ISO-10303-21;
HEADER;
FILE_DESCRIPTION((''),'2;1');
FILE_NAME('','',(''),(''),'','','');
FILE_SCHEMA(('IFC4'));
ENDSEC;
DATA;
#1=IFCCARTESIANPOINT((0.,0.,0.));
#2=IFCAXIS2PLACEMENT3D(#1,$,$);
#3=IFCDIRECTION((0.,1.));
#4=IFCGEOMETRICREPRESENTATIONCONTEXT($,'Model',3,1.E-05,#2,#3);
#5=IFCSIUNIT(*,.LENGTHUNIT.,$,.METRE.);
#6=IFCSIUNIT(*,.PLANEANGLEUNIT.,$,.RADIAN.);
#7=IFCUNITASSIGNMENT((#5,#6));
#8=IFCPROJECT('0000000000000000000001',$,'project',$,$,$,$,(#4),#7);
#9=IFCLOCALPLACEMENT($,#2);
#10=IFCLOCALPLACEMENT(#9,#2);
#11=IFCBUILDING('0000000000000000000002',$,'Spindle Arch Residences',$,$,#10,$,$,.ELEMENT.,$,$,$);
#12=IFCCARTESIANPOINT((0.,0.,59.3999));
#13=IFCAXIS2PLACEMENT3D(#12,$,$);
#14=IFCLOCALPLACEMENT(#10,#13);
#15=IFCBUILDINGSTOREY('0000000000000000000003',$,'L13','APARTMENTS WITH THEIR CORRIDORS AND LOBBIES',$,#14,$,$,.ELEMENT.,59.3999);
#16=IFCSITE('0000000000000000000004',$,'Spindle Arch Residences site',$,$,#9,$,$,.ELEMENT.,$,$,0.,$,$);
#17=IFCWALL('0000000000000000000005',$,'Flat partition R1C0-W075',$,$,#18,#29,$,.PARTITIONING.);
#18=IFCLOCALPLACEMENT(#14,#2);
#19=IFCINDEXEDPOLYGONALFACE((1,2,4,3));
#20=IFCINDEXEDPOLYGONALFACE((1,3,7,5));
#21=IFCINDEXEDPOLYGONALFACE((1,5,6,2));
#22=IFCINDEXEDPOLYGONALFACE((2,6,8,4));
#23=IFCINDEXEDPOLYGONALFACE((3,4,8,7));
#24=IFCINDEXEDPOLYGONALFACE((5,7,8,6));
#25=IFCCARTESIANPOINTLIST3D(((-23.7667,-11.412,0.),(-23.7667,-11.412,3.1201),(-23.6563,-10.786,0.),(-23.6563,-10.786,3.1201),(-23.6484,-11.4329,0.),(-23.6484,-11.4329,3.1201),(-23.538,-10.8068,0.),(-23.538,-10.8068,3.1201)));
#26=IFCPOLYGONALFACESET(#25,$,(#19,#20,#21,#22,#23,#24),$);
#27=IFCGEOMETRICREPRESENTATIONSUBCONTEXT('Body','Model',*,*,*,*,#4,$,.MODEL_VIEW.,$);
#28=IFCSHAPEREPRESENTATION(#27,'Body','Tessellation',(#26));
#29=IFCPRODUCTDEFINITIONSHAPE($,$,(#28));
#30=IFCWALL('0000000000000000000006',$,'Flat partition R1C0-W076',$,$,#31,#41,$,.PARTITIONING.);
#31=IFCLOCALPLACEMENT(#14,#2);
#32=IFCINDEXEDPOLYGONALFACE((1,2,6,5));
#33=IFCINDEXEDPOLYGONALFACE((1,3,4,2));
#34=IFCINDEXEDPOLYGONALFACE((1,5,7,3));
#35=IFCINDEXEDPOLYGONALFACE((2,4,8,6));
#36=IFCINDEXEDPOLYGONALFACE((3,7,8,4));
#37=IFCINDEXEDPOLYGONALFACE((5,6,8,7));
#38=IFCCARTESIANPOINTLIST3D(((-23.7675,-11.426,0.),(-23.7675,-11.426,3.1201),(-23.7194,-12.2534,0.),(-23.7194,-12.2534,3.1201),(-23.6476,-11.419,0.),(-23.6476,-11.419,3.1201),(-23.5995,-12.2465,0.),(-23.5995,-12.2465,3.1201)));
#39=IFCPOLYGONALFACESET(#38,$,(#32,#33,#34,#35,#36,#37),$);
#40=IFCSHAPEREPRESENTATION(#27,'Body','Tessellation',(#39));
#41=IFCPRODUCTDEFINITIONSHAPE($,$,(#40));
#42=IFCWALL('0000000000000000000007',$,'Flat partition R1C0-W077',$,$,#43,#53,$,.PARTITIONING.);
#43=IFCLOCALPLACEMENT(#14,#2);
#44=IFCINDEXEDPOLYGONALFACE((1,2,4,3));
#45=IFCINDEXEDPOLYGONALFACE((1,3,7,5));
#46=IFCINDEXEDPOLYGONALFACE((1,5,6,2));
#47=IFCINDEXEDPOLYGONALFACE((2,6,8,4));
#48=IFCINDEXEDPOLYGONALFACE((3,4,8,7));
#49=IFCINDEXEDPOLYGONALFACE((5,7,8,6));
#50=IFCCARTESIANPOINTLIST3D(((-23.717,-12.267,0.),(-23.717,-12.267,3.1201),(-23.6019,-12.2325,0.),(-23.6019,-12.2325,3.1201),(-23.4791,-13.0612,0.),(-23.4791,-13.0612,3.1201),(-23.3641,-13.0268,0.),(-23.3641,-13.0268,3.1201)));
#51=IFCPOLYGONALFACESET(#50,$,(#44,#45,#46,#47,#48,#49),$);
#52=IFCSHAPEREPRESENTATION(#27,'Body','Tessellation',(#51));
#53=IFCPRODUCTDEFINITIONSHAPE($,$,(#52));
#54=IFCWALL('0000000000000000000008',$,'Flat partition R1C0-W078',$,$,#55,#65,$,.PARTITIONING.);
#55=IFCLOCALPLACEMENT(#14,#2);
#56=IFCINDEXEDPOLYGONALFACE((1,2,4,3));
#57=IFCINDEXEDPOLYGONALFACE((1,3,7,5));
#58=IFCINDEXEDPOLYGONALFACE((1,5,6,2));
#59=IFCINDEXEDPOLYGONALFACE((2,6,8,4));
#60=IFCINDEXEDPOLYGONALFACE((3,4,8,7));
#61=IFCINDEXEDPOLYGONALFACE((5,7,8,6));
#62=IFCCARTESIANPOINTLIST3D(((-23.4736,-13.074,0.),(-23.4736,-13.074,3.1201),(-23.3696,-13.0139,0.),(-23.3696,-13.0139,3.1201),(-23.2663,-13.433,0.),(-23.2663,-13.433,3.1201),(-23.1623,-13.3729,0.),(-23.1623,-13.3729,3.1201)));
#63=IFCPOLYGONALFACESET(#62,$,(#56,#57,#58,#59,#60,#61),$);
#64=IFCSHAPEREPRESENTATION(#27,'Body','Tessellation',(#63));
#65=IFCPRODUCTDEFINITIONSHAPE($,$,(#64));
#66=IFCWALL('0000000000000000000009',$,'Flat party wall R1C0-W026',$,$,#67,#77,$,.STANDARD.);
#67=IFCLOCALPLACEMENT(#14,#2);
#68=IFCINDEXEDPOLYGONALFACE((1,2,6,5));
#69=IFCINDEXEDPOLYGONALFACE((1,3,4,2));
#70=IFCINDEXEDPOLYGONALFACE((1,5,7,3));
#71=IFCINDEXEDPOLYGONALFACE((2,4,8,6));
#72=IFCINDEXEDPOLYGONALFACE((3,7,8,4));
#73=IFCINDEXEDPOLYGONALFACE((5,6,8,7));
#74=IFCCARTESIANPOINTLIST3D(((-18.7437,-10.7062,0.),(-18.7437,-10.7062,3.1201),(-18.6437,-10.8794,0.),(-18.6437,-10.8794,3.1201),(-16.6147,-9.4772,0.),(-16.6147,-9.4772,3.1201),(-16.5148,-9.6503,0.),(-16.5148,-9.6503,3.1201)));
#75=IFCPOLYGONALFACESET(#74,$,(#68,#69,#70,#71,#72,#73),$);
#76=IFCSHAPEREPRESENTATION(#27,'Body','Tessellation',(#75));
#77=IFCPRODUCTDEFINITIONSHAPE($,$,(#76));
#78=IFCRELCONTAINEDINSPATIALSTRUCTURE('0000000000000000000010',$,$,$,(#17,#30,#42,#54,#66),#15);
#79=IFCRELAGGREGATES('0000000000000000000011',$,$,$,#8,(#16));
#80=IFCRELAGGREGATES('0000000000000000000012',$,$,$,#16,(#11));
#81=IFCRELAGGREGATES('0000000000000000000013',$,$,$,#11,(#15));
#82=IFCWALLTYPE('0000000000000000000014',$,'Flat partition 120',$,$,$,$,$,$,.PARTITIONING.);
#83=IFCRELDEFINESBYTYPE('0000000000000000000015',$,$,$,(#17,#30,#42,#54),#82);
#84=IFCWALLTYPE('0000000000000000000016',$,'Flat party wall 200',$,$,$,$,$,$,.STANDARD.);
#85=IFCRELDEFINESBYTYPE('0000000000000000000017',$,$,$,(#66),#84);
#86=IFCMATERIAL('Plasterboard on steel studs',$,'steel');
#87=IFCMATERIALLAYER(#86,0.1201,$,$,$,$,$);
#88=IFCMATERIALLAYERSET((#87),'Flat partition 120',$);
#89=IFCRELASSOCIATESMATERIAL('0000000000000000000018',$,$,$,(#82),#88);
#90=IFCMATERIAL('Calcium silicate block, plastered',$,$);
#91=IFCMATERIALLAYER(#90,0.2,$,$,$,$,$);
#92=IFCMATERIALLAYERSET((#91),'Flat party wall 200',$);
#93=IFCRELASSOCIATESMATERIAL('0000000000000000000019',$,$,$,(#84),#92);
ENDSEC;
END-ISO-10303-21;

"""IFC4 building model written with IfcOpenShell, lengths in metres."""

from ifc_helpers import new_model, si_unit, direction, frame, frame_2d, origin, place, context, subcontext, project, spatial, rectangle, extrude, material, layer, layer_set, type_object, element, save


model = new_model("IFC4")

# Units and contexts
model_context = context("Model", 3, precision=1e-05, world=origin(), true_north=direction((0.0, 1.0)))
body_context = subcontext(model_context, "Body", "Model", "MODEL_VIEW")
ifc_project = project(units=[si_unit("LENGTHUNIT", "METRE"), si_unit("PLANEANGLEUNIT", "RADIAN")], contexts=[model_context])

# Site, building, storey
site_placement = place(None, origin())
site = spatial("IfcSite", under=ifc_project, at=site_placement, Name="Spindle Arch Residences site", CompositionType="ELEMENT", RefElevation=0.0)
building_placement = place(site_placement, origin())
building = spatial("IfcBuilding", under=site, at=building_placement, Name="Spindle Arch Residences", CompositionType="ELEMENT")
storey_placement = place(building_placement, frame((0.0, 0.0, 59.3999)))
storey = spatial("IfcBuildingStorey", under=building, at=storey_placement, Name="L13", Description="APARTMENTS WITH THEIR CORRIDORS AND LOBBIES", CompositionType="ELEMENT", Elevation=59.3999)

# Shared definitions
ifc_material_1 = material(Name="Plasterboard on steel studs", Category="steel")
ifc_layer_1 = layer(ifc_material_1, 0.1201)
ifc_layer_set_1 = layer_set([ifc_layer_1], Name="Flat partition 120")
wall_type_1 = type_object("IfcWallType", Name="Flat partition 120", PredefinedType="PARTITIONING", material=ifc_layer_set_1)

# Walls
wall_1_placement = place(storey_placement, frame((-23.5972, -10.7964, 0.0), z_axis=(0.0, 0.0, 1.0), x_axis=(-0.17361, -0.984814, 0.0)))
element("IfcWall", 1, at=wall_1_placement, inside=storey, type_object=wall_type_1, Name="Flat partition R1C0-W075", PredefinedType="PARTITIONING", context=body_context, shape_type="SweptSolid", body=[
    extrude(rectangle(XDim=0.6357, YDim=0.1201, at=frame_2d((0.3179, 0.0))), origin(), (0.0, 0.0, 1.0), 3.1201),
])
wall_2_placement = place(storey_placement, frame((-23.7075, -11.4224, 0.0), z_axis=(0.0, 0.0, 1.0), x_axis=(0.058031, -0.998315, 0.0)))
element("IfcWall", 2, at=wall_2_placement, inside=storey, type_object=wall_type_1, Name="Flat partition R1C0-W076", PredefinedType="PARTITIONING", context=body_context, shape_type="SweptSolid", body=[
    extrude(rectangle(XDim=0.8289, YDim=0.1201, at=frame_2d((0.4146, 0.0))), origin(), (0.0, 0.0, 1.0), 3.1201),
])
wall_3_placement = place(storey_placement, frame((-23.6594, -12.2498, 0.0), z_axis=(0.0, 0.0, 1.0), x_axis=(0.286835, -0.95798, 0.0)))
element("IfcWall", 3, at=wall_3_placement, inside=storey, type_object=wall_type_1, Name="Flat partition R1C0-W077", PredefinedType="PARTITIONING", context=body_context, shape_type="SweptSolid", body=[
    extrude(rectangle(XDim=0.8291, YDim=0.1201, at=frame_2d((0.4146, 0.0))), origin(), (0.0, 0.0, 1.0), 3.1201),
])
wall_4_placement = place(storey_placement, frame((-23.4216, -13.0439, 0.0), z_axis=(0.0, 0.0, 1.0), x_axis=(0.50013, -0.86595, 0.0)))
element("IfcWall", 4, at=wall_4_placement, inside=storey, type_object=wall_type_1, Name="Flat partition R1C0-W078", PredefinedType="PARTITIONING", context=body_context, shape_type="SweptSolid", body=[
    extrude(rectangle(XDim=0.4146, YDim=0.1201, at=frame_2d((0.2073, 0.0))), origin(), (0.0, 0.0, 1.0), 3.1201),
])
ifc_material_2 = material(Name="Calcium silicate block, plastered")
ifc_layer_2 = layer(ifc_material_2, 0.2)
ifc_layer_set_2 = layer_set([ifc_layer_2], Name="Flat party wall 200")
wall_type_2 = type_object("IfcWallType", Name="Flat party wall 200", PredefinedType="STANDARD", material=ifc_layer_set_2)
wall_5_placement = place(storey_placement, frame((-18.6936, -10.7927, 0.0), z_axis=(0.0, 0.0, 1.0), x_axis=(0.866047, 0.499963, 0.0)))
element("IfcWall", 5, at=wall_5_placement, inside=storey, type_object=wall_type_2, Name="Flat party wall R1C0-W026", PredefinedType="STANDARD", context=body_context, shape_type="SweptSolid", body=[
    extrude(rectangle(XDim=2.4583, YDim=0.2, at=frame_2d((1.229, 0.0))), origin(), (0.0, 0.0, 1.0), 3.1201),
])

save(model, "model.ifc")
